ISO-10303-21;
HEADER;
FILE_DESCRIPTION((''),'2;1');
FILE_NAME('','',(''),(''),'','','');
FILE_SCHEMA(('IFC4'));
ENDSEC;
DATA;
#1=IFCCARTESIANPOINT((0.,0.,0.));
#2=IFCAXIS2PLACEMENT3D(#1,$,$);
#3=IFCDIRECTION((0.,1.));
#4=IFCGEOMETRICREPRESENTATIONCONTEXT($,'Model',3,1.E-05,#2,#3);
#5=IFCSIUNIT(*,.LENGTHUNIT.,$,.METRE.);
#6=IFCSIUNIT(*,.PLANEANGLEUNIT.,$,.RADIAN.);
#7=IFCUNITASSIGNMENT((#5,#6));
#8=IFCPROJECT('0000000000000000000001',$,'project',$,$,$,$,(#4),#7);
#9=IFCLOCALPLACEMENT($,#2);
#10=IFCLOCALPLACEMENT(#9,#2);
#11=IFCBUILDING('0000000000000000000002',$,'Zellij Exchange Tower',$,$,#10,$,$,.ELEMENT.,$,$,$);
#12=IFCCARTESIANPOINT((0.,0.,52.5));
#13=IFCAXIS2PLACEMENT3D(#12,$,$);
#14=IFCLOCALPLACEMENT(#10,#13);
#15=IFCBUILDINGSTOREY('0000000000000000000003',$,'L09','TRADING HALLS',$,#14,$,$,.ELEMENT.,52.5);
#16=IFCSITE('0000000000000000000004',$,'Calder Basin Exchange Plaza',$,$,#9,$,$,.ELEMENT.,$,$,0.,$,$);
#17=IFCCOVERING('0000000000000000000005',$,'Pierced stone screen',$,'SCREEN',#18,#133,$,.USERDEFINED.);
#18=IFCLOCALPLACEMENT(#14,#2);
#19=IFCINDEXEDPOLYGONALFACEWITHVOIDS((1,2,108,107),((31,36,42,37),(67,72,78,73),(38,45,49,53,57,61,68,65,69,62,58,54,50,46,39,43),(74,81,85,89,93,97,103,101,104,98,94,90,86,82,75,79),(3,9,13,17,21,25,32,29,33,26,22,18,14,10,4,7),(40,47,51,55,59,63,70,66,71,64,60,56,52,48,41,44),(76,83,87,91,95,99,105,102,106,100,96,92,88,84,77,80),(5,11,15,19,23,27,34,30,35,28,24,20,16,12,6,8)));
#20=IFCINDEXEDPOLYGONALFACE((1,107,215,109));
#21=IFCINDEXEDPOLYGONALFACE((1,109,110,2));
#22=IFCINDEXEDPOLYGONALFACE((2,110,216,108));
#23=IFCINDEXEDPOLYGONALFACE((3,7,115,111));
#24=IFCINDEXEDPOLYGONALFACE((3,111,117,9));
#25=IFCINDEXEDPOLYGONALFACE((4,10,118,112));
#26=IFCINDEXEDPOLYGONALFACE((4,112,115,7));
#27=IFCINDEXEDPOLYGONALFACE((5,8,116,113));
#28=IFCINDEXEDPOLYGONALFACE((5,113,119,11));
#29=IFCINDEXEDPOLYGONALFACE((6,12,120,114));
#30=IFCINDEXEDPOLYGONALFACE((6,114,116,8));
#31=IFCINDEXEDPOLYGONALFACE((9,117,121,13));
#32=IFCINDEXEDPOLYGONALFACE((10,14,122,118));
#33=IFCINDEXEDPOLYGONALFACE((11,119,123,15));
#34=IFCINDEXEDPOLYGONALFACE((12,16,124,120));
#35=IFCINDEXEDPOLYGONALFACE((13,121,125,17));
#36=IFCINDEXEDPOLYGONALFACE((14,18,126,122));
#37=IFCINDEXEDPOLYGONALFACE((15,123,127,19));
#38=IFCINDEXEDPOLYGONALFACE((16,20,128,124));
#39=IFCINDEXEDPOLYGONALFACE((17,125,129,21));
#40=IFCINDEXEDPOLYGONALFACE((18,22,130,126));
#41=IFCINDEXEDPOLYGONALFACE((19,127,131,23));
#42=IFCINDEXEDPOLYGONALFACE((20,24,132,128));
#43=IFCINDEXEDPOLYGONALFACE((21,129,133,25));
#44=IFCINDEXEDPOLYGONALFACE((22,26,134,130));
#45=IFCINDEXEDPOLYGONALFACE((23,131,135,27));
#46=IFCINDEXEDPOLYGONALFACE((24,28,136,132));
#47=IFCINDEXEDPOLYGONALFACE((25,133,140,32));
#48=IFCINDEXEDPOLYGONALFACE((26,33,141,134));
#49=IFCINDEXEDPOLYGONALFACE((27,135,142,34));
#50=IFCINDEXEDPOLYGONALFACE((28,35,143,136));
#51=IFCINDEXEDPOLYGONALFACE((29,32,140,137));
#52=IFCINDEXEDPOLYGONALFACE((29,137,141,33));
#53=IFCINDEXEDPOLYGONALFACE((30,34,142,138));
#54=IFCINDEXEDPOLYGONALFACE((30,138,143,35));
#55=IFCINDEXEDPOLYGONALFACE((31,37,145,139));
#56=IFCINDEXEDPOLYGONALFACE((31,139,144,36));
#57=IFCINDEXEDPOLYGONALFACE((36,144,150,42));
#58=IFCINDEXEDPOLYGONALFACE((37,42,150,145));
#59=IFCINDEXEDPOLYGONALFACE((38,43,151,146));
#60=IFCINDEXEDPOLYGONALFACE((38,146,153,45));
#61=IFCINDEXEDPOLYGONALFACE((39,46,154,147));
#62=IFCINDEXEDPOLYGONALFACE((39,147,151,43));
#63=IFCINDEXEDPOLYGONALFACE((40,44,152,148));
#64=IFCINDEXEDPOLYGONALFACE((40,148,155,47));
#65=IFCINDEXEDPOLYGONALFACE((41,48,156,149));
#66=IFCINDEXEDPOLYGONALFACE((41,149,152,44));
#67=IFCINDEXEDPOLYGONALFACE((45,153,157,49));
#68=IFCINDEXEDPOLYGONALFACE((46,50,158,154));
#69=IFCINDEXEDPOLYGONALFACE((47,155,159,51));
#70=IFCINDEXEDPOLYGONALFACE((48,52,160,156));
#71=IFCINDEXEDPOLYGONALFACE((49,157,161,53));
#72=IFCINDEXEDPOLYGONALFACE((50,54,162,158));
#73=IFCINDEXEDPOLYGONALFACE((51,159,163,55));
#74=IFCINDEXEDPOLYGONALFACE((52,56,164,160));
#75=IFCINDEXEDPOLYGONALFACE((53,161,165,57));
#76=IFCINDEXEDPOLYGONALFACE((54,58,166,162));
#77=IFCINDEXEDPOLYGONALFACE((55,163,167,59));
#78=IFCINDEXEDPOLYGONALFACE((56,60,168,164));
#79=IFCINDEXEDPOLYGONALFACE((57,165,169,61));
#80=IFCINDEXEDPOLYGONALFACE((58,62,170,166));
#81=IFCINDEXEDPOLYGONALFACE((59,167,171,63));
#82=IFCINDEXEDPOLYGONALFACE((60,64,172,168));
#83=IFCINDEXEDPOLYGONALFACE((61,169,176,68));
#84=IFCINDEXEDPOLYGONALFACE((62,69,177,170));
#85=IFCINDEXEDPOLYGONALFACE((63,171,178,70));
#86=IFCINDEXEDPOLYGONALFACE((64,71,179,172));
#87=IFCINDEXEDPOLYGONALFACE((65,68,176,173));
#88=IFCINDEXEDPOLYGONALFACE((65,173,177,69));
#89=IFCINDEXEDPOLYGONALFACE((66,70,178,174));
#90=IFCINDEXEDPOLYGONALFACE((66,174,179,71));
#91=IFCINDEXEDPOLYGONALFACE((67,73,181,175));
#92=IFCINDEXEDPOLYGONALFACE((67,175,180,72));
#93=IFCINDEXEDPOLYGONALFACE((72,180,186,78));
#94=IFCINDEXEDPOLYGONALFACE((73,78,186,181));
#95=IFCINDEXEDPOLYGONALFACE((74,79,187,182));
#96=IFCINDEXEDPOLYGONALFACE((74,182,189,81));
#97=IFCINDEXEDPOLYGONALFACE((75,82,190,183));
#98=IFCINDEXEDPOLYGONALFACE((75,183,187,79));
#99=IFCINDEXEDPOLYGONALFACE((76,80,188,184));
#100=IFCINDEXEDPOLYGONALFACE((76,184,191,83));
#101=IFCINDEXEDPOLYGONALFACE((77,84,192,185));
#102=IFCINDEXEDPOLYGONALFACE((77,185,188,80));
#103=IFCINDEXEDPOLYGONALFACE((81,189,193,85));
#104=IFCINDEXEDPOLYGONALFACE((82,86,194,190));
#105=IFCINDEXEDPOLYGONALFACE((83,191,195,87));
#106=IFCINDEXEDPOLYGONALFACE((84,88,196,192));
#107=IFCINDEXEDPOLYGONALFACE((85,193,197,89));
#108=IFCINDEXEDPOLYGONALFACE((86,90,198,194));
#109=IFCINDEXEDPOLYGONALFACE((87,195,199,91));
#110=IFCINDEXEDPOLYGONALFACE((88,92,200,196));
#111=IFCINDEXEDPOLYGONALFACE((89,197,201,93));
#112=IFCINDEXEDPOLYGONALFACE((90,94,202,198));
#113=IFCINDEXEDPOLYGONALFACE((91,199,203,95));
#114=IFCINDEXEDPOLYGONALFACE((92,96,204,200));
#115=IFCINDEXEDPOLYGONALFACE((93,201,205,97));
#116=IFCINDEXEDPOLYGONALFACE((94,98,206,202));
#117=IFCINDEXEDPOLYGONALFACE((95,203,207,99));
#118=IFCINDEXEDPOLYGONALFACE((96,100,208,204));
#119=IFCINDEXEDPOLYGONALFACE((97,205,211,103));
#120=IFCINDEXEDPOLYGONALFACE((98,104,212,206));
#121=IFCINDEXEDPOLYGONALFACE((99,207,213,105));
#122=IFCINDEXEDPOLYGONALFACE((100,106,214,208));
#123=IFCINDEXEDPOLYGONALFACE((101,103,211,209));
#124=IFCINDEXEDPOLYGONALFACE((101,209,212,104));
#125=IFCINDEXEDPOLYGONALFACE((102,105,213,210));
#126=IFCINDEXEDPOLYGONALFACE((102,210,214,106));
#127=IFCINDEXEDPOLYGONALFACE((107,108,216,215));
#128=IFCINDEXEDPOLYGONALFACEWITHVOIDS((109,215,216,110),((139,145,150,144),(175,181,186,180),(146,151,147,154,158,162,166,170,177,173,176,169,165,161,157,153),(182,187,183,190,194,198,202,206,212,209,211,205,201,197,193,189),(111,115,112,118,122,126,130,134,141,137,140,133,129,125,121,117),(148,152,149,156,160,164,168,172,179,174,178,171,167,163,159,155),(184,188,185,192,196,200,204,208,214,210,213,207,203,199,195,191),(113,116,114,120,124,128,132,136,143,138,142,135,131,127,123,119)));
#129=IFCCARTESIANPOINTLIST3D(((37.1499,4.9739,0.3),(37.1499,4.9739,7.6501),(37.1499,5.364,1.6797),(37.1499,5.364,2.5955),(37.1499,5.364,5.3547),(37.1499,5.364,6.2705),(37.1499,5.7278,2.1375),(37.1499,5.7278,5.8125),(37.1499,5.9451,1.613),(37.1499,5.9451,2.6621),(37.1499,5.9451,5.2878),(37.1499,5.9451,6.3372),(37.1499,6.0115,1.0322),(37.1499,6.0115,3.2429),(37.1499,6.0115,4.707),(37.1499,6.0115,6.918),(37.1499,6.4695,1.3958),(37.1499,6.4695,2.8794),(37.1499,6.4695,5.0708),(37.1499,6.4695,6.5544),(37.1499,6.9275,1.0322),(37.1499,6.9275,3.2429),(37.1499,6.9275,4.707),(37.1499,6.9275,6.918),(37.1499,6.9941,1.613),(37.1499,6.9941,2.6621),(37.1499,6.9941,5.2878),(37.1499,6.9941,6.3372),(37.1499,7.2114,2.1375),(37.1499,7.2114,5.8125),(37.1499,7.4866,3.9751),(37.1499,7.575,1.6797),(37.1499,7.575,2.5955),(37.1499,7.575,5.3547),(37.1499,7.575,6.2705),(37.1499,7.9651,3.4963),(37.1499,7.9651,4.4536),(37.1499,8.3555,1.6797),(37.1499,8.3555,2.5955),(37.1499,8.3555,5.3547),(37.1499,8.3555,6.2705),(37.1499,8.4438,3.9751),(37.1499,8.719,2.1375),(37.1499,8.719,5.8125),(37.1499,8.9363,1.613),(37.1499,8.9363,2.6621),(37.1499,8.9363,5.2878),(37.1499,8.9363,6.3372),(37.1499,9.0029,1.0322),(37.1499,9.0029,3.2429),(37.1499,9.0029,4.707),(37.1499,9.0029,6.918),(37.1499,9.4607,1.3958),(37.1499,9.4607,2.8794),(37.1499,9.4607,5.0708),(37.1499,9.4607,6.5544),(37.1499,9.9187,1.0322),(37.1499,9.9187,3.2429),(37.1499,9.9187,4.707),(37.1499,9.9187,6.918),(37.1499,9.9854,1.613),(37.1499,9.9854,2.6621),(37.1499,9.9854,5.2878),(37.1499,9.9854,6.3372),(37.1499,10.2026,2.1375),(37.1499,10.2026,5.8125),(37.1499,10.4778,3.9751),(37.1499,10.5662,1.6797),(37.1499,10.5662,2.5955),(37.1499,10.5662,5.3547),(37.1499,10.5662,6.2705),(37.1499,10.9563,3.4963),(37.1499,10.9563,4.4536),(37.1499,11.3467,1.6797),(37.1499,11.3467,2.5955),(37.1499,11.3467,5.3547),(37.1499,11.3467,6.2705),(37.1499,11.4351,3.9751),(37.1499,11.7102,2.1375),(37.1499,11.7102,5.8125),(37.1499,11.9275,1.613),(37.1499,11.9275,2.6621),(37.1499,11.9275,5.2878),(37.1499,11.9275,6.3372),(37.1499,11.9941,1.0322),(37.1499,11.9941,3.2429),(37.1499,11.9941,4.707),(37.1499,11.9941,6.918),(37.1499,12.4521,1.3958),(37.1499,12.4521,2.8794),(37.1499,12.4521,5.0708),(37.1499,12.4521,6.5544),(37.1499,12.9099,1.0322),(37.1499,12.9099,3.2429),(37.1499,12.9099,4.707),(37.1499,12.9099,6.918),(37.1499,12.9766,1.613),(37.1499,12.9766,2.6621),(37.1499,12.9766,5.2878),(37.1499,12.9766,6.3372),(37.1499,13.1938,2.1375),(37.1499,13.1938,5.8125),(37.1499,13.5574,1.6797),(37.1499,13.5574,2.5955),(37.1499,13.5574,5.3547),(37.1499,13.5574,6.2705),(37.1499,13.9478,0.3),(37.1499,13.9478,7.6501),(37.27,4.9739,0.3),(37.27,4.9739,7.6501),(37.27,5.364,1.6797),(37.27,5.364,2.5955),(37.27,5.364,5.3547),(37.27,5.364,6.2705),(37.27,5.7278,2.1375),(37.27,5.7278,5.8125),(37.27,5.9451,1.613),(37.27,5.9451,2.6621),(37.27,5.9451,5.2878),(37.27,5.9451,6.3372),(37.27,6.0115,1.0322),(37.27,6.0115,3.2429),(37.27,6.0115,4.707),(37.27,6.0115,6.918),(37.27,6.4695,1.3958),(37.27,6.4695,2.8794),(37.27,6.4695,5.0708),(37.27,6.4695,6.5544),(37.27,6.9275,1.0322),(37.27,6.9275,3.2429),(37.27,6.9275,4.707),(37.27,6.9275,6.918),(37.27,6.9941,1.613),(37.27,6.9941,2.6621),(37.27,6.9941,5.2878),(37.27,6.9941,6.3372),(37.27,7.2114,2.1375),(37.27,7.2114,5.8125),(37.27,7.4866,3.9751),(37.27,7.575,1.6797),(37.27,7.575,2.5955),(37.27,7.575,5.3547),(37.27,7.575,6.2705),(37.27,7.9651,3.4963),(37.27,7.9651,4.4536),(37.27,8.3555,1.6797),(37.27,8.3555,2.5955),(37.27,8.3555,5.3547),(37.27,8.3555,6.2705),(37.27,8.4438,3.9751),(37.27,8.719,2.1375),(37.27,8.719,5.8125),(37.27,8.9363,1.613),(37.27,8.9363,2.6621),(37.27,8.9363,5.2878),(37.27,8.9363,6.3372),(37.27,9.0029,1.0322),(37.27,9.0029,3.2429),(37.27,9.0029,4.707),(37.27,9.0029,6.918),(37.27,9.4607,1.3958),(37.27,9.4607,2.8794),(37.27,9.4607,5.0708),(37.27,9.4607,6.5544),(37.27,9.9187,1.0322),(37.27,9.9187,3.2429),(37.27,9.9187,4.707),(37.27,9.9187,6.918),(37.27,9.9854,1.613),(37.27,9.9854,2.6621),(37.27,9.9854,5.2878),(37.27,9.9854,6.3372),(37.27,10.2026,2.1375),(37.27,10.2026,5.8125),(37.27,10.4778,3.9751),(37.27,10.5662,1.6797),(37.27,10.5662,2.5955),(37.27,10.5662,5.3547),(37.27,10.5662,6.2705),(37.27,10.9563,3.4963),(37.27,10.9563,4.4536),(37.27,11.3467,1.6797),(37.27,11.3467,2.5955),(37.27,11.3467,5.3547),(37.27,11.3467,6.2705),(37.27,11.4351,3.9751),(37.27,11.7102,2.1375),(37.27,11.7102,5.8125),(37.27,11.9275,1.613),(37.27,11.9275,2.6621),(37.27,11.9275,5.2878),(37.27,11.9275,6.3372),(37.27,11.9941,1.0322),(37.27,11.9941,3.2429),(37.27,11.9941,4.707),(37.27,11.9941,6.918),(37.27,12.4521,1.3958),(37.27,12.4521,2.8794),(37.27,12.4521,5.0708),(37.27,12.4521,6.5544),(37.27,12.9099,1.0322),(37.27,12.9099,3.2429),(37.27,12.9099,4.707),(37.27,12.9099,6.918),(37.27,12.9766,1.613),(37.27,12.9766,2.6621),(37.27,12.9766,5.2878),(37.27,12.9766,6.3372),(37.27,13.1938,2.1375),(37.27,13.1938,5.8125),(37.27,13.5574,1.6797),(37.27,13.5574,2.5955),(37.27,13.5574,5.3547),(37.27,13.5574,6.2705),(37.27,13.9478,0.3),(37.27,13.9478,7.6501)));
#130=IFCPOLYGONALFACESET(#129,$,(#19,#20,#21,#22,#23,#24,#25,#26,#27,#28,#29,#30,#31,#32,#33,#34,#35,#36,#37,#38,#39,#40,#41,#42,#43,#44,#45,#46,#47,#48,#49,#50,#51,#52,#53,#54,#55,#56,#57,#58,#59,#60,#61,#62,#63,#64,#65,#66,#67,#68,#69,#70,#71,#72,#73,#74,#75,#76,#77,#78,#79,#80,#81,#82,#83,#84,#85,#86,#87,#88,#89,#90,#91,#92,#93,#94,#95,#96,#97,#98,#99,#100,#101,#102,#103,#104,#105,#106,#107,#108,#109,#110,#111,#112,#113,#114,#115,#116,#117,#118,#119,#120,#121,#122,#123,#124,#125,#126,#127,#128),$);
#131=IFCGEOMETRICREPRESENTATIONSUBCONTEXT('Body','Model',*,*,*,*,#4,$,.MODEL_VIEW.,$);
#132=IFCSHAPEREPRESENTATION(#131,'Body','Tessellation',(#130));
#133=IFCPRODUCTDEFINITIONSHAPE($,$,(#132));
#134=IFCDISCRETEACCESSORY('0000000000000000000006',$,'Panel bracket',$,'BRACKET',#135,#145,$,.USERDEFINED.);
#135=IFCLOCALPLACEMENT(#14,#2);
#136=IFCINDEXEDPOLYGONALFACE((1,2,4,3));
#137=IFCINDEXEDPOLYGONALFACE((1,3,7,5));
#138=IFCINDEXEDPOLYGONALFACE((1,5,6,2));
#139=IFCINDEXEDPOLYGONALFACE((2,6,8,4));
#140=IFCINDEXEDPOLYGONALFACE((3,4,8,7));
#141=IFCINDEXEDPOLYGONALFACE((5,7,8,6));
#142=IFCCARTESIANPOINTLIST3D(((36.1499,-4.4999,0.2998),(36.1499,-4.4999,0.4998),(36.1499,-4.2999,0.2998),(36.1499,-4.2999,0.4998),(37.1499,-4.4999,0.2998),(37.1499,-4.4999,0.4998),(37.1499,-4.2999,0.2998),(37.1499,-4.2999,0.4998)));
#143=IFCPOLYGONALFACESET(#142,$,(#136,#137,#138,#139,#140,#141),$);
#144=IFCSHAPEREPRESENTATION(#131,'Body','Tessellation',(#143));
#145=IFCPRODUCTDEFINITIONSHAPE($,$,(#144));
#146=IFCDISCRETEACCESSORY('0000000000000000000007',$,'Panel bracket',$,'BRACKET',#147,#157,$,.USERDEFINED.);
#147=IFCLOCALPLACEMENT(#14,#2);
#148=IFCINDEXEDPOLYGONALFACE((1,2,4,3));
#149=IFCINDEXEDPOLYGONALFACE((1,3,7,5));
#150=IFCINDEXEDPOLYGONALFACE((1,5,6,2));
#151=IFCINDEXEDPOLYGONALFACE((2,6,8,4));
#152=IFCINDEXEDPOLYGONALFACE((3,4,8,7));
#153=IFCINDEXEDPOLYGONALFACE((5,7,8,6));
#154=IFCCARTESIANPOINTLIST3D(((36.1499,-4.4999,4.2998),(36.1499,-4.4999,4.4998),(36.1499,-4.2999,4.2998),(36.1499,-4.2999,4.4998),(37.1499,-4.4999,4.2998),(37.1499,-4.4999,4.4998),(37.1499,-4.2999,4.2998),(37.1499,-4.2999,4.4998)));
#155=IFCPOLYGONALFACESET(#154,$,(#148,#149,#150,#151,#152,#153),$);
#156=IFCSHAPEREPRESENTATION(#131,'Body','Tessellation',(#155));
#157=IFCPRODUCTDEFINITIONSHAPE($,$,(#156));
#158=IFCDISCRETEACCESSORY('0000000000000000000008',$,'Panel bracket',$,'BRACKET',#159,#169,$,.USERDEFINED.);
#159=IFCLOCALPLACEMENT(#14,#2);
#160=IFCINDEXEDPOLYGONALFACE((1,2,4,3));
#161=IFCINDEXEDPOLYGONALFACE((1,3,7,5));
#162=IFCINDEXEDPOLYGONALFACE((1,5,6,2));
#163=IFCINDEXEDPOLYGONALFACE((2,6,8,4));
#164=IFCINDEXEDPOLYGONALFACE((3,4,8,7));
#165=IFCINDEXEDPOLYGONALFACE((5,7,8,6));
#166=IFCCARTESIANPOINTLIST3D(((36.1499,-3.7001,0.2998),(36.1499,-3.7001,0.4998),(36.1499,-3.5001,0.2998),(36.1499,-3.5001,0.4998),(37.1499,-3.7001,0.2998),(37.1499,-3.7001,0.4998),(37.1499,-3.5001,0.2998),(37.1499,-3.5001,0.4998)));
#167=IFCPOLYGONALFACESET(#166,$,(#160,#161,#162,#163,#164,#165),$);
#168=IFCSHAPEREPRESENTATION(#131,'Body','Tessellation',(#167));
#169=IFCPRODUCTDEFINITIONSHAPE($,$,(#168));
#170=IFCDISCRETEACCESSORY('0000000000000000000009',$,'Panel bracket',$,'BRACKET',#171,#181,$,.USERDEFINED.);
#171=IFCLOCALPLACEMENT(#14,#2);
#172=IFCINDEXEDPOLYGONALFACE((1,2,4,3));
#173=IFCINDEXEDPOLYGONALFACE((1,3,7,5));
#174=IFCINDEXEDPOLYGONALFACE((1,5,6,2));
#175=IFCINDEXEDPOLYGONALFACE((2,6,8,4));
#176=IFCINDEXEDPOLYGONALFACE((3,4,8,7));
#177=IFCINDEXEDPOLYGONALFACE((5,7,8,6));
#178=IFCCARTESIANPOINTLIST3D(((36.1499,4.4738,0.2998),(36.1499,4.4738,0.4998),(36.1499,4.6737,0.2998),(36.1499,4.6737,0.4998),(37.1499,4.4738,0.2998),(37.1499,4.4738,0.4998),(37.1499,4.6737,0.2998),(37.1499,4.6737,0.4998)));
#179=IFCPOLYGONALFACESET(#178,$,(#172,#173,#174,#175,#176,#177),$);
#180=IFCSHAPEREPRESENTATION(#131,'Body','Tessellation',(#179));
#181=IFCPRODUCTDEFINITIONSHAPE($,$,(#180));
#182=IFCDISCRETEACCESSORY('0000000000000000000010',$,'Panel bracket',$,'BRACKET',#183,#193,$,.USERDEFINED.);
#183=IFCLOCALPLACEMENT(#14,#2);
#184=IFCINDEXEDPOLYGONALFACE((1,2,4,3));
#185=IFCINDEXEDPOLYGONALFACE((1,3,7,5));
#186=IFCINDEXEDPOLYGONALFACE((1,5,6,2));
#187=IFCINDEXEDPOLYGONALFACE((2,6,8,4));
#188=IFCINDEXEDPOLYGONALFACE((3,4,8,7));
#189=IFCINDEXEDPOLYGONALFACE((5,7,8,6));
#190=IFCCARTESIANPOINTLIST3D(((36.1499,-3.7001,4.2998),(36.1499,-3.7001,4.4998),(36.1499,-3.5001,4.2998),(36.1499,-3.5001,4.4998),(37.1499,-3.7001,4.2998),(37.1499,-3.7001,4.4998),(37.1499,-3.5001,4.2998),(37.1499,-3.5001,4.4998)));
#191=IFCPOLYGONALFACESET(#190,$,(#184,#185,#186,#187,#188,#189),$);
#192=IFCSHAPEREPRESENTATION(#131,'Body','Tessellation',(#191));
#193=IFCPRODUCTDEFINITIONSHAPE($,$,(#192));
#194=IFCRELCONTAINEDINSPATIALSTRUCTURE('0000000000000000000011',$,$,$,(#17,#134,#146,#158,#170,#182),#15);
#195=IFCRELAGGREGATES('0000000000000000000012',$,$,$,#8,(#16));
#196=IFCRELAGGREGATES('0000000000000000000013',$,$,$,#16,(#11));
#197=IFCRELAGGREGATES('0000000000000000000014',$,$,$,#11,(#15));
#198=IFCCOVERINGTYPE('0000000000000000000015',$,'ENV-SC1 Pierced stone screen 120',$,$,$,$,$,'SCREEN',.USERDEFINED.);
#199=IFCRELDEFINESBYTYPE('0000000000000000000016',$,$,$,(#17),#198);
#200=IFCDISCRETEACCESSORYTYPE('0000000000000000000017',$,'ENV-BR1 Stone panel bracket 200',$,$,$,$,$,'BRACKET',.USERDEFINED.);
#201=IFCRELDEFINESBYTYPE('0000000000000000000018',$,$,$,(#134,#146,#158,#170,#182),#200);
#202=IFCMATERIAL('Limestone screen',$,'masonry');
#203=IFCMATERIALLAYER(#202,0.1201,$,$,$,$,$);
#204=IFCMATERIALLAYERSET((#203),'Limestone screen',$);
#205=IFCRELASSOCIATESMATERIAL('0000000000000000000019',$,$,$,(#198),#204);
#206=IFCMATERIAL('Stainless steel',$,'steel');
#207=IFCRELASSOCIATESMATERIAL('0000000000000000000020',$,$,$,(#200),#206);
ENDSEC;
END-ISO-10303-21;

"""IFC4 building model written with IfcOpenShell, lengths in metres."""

from ifc_helpers import new_model, si_unit, direction, frame, origin, origin_2d, place, context, subcontext, project, spatial, polyline, rectangle, outline, extrude, material, layer, layer_set, type_object, element, save


model = new_model("IFC4")

# Units and contexts
model_context = context("Model", 3, precision=1e-05, world=origin(), true_north=direction((0.0, 1.0)))
body_context = subcontext(model_context, "Body", "Model", "MODEL_VIEW")
ifc_project = project(units=[si_unit("LENGTHUNIT", "METRE"), si_unit("PLANEANGLEUNIT", "RADIAN")], contexts=[model_context])

# Site, building, storey
site_placement = place(None, origin())
site = spatial("IfcSite", under=ifc_project, at=site_placement, Name="Calder Basin Exchange Plaza", CompositionType="ELEMENT", RefElevation=0.0)
building_placement = place(site_placement, origin())
building = spatial("IfcBuilding", under=site, at=building_placement, Name="Zellij Exchange Tower", CompositionType="ELEMENT")
storey_placement = place(building_placement, frame((0.0, 0.0, 52.5)))
storey = spatial("IfcBuildingStorey", under=building, at=storey_placement, Name="L09", Description="TRADING HALLS", CompositionType="ELEMENT", Elevation=52.5)

# Covering
ifc_material_1 = material(Name="Limestone screen", Category="masonry")
ifc_layer_1 = layer(ifc_material_1, 0.1201)
ifc_layer_set_1 = layer_set([ifc_layer_1], Name="Limestone screen")
covering_type = type_object("IfcCoveringType", Name="ENV-SC1 Pierced stone screen 120", ElementType="SCREEN", PredefinedType="USERDEFINED", material=ifc_layer_set_1)
covering_1_placement = place(storey_placement, frame((37.21, 4.9739, 0.3), z_axis=(0.0, 0.0, 1.0), x_axis=(0.0, 1.0, 0.0)))
element("IfcCovering", 1, at=covering_1_placement, inside=storey, type_object=covering_type, Name="Pierced stone screen", ObjectType="SCREEN", PredefinedType="USERDEFINED", context=body_context, shape_type="SweptSolid", body=[
    extrude(outline(polyline([(0.0, 0.0), (8.9739, 0.0), (8.9739, 7.3501), (0.0, 7.3501), (0.0, 0.0)]), holes=[polyline([(2.6011, 2.2954), (2.0203, 2.3621), (1.9536, 2.9429), (1.4956, 2.5793), (1.0376, 2.9429), (0.9712, 2.3621), (0.3901, 2.2954), (0.7539, 1.8374), (0.3901, 1.3796), (0.9712, 1.313), (1.0376, 0.7322), (1.4956, 1.0957), (1.9536, 0.7322), (2.0203, 1.313), (2.6011, 1.3796), (2.2375, 1.8374), (2.6011, 2.2954)]), polyline([(2.6011, 5.9705), (2.0203, 6.0371), (1.9536, 6.6179), (1.4956, 6.2544), (1.0376, 6.6179), (0.9712, 6.0371), (0.3901, 5.9705), (0.7539, 5.5125), (0.3901, 5.0547), (0.9712, 4.9878), (1.0376, 4.407), (1.4956, 4.7708), (1.9536, 4.407), (2.0203, 4.9878), (2.6011, 5.0547), (2.2375, 5.5125), (2.6011, 5.9705)]), polyline([(5.5923, 2.2954), (5.0115, 2.3621), (4.9448, 2.9429), (4.4868, 2.5793), (4.0291, 2.9429), (3.9624, 2.3621), (3.3816, 2.2954), (3.7451, 1.8374), (3.3816, 1.3796), (3.9624, 1.313), (4.0291, 0.7322), (4.4868, 1.0957), (4.9448, 0.7322), (5.0115, 1.313), (5.5923, 1.3796), (5.2288, 1.8374), (5.5923, 2.2954)]), polyline([(5.5923, 5.9705), (5.0115, 6.0371), (4.9448, 6.6179), (4.4868, 6.2544), (4.0291, 6.6179), (3.9624, 6.0371), (3.3816, 5.9705), (3.7451, 5.5125), (3.3816, 5.0547), (3.9624, 4.9878), (4.0291, 4.407), (4.4868, 4.7708), (4.9448, 4.407), (5.0115, 4.9878), (5.5923, 5.0547), (5.2288, 5.5125), (5.5923, 5.9705)]), polyline([(8.5835, 2.2954), (8.0027, 2.3621), (7.936, 2.9429), (7.4783, 2.5793), (7.0203, 2.9429), (6.9536, 2.3621), (6.3728, 2.2954), (6.7363, 1.8374), (6.3728, 1.3796), (6.9536, 1.313), (7.0203, 0.7322), (7.4783, 1.0957), (7.936, 0.7322), (8.0027, 1.313), (8.5835, 1.3796), (8.22, 1.8374), (8.5835, 2.2954)]), polyline([(8.5835, 5.9705), (8.0027, 6.0371), (7.936, 6.6179), (7.4783, 6.2544), (7.0203, 6.6179), (6.9536, 6.0371), (6.3728, 5.9705), (6.7363, 5.5125), (6.3728, 5.0547), (6.9536, 4.9878), (7.0203, 4.407), (7.4783, 4.7708), (7.936, 4.407), (8.0027, 4.9878), (8.5835, 5.0547), (8.22, 5.5125), (8.5835, 5.9705)]), polyline([(3.47, 3.675), (2.9912, 4.1536), (2.5127, 3.675), (2.9912, 3.1963), (3.47, 3.675)]), polyline([(6.4612, 3.675), (5.9824, 4.1536), (5.5039, 3.675), (5.9824, 3.1963), (6.4612, 3.675)])]), frame((0.0, 0.0601, 0.0), z_axis=(0.0, -1.0, 0.0), x_axis=(1.0, 0.0, 0.0)), (0.0, 0.0, 1.0), 0.1201),
])

# Discrete accessories
ifc_material_2 = material(Name="Stainless steel", Category="steel")
discrete_accessory_type = type_object("IfcDiscreteAccessoryType", Name="ENV-BR1 Stone panel bracket 200", ElementType="BRACKET", PredefinedType="USERDEFINED", material=ifc_material_2)
for number, where, z_axis, x_axis, name in (
    (2, (36.6499, -4.3999, 0.2998), (0.0, 0.0, 1.0), (0.0, 1.0, 0.0), "Panel bracket"),
    (3, (36.6499, -4.3999, 4.2998), (0.0, 0.0, 1.0), (0.0, 1.0, 0.0), "Panel bracket"),
    (4, (36.6499, -3.6001, 0.2998), (0.0, 0.0, 1.0), (0.0, 1.0, 0.0), "Panel bracket"),
    (5, (36.6499, 4.5737, 0.2998), (0.0, 0.0, 1.0), (0.0, 1.0, 0.0), "Panel bracket"),
    (6, (36.6499, -3.6001, 4.2998), (0.0, 0.0, 1.0), (0.0, 1.0, 0.0), "Panel bracket"),
):
    element("IfcDiscreteAccessory", number, at=place(storey_placement, frame(where, z_axis=z_axis, x_axis=x_axis)), inside=storey, type_object=discrete_accessory_type, Name=name, ObjectType="BRACKET", PredefinedType="USERDEFINED", context=body_context, shape_type="SweptSolid", body=[
        extrude(rectangle(XDim=0.2, YDim=1.0, at=origin_2d()), origin(), (0.0, 0.0, 1.0), 0.2),
    ])

save(model, "model.ifc")
